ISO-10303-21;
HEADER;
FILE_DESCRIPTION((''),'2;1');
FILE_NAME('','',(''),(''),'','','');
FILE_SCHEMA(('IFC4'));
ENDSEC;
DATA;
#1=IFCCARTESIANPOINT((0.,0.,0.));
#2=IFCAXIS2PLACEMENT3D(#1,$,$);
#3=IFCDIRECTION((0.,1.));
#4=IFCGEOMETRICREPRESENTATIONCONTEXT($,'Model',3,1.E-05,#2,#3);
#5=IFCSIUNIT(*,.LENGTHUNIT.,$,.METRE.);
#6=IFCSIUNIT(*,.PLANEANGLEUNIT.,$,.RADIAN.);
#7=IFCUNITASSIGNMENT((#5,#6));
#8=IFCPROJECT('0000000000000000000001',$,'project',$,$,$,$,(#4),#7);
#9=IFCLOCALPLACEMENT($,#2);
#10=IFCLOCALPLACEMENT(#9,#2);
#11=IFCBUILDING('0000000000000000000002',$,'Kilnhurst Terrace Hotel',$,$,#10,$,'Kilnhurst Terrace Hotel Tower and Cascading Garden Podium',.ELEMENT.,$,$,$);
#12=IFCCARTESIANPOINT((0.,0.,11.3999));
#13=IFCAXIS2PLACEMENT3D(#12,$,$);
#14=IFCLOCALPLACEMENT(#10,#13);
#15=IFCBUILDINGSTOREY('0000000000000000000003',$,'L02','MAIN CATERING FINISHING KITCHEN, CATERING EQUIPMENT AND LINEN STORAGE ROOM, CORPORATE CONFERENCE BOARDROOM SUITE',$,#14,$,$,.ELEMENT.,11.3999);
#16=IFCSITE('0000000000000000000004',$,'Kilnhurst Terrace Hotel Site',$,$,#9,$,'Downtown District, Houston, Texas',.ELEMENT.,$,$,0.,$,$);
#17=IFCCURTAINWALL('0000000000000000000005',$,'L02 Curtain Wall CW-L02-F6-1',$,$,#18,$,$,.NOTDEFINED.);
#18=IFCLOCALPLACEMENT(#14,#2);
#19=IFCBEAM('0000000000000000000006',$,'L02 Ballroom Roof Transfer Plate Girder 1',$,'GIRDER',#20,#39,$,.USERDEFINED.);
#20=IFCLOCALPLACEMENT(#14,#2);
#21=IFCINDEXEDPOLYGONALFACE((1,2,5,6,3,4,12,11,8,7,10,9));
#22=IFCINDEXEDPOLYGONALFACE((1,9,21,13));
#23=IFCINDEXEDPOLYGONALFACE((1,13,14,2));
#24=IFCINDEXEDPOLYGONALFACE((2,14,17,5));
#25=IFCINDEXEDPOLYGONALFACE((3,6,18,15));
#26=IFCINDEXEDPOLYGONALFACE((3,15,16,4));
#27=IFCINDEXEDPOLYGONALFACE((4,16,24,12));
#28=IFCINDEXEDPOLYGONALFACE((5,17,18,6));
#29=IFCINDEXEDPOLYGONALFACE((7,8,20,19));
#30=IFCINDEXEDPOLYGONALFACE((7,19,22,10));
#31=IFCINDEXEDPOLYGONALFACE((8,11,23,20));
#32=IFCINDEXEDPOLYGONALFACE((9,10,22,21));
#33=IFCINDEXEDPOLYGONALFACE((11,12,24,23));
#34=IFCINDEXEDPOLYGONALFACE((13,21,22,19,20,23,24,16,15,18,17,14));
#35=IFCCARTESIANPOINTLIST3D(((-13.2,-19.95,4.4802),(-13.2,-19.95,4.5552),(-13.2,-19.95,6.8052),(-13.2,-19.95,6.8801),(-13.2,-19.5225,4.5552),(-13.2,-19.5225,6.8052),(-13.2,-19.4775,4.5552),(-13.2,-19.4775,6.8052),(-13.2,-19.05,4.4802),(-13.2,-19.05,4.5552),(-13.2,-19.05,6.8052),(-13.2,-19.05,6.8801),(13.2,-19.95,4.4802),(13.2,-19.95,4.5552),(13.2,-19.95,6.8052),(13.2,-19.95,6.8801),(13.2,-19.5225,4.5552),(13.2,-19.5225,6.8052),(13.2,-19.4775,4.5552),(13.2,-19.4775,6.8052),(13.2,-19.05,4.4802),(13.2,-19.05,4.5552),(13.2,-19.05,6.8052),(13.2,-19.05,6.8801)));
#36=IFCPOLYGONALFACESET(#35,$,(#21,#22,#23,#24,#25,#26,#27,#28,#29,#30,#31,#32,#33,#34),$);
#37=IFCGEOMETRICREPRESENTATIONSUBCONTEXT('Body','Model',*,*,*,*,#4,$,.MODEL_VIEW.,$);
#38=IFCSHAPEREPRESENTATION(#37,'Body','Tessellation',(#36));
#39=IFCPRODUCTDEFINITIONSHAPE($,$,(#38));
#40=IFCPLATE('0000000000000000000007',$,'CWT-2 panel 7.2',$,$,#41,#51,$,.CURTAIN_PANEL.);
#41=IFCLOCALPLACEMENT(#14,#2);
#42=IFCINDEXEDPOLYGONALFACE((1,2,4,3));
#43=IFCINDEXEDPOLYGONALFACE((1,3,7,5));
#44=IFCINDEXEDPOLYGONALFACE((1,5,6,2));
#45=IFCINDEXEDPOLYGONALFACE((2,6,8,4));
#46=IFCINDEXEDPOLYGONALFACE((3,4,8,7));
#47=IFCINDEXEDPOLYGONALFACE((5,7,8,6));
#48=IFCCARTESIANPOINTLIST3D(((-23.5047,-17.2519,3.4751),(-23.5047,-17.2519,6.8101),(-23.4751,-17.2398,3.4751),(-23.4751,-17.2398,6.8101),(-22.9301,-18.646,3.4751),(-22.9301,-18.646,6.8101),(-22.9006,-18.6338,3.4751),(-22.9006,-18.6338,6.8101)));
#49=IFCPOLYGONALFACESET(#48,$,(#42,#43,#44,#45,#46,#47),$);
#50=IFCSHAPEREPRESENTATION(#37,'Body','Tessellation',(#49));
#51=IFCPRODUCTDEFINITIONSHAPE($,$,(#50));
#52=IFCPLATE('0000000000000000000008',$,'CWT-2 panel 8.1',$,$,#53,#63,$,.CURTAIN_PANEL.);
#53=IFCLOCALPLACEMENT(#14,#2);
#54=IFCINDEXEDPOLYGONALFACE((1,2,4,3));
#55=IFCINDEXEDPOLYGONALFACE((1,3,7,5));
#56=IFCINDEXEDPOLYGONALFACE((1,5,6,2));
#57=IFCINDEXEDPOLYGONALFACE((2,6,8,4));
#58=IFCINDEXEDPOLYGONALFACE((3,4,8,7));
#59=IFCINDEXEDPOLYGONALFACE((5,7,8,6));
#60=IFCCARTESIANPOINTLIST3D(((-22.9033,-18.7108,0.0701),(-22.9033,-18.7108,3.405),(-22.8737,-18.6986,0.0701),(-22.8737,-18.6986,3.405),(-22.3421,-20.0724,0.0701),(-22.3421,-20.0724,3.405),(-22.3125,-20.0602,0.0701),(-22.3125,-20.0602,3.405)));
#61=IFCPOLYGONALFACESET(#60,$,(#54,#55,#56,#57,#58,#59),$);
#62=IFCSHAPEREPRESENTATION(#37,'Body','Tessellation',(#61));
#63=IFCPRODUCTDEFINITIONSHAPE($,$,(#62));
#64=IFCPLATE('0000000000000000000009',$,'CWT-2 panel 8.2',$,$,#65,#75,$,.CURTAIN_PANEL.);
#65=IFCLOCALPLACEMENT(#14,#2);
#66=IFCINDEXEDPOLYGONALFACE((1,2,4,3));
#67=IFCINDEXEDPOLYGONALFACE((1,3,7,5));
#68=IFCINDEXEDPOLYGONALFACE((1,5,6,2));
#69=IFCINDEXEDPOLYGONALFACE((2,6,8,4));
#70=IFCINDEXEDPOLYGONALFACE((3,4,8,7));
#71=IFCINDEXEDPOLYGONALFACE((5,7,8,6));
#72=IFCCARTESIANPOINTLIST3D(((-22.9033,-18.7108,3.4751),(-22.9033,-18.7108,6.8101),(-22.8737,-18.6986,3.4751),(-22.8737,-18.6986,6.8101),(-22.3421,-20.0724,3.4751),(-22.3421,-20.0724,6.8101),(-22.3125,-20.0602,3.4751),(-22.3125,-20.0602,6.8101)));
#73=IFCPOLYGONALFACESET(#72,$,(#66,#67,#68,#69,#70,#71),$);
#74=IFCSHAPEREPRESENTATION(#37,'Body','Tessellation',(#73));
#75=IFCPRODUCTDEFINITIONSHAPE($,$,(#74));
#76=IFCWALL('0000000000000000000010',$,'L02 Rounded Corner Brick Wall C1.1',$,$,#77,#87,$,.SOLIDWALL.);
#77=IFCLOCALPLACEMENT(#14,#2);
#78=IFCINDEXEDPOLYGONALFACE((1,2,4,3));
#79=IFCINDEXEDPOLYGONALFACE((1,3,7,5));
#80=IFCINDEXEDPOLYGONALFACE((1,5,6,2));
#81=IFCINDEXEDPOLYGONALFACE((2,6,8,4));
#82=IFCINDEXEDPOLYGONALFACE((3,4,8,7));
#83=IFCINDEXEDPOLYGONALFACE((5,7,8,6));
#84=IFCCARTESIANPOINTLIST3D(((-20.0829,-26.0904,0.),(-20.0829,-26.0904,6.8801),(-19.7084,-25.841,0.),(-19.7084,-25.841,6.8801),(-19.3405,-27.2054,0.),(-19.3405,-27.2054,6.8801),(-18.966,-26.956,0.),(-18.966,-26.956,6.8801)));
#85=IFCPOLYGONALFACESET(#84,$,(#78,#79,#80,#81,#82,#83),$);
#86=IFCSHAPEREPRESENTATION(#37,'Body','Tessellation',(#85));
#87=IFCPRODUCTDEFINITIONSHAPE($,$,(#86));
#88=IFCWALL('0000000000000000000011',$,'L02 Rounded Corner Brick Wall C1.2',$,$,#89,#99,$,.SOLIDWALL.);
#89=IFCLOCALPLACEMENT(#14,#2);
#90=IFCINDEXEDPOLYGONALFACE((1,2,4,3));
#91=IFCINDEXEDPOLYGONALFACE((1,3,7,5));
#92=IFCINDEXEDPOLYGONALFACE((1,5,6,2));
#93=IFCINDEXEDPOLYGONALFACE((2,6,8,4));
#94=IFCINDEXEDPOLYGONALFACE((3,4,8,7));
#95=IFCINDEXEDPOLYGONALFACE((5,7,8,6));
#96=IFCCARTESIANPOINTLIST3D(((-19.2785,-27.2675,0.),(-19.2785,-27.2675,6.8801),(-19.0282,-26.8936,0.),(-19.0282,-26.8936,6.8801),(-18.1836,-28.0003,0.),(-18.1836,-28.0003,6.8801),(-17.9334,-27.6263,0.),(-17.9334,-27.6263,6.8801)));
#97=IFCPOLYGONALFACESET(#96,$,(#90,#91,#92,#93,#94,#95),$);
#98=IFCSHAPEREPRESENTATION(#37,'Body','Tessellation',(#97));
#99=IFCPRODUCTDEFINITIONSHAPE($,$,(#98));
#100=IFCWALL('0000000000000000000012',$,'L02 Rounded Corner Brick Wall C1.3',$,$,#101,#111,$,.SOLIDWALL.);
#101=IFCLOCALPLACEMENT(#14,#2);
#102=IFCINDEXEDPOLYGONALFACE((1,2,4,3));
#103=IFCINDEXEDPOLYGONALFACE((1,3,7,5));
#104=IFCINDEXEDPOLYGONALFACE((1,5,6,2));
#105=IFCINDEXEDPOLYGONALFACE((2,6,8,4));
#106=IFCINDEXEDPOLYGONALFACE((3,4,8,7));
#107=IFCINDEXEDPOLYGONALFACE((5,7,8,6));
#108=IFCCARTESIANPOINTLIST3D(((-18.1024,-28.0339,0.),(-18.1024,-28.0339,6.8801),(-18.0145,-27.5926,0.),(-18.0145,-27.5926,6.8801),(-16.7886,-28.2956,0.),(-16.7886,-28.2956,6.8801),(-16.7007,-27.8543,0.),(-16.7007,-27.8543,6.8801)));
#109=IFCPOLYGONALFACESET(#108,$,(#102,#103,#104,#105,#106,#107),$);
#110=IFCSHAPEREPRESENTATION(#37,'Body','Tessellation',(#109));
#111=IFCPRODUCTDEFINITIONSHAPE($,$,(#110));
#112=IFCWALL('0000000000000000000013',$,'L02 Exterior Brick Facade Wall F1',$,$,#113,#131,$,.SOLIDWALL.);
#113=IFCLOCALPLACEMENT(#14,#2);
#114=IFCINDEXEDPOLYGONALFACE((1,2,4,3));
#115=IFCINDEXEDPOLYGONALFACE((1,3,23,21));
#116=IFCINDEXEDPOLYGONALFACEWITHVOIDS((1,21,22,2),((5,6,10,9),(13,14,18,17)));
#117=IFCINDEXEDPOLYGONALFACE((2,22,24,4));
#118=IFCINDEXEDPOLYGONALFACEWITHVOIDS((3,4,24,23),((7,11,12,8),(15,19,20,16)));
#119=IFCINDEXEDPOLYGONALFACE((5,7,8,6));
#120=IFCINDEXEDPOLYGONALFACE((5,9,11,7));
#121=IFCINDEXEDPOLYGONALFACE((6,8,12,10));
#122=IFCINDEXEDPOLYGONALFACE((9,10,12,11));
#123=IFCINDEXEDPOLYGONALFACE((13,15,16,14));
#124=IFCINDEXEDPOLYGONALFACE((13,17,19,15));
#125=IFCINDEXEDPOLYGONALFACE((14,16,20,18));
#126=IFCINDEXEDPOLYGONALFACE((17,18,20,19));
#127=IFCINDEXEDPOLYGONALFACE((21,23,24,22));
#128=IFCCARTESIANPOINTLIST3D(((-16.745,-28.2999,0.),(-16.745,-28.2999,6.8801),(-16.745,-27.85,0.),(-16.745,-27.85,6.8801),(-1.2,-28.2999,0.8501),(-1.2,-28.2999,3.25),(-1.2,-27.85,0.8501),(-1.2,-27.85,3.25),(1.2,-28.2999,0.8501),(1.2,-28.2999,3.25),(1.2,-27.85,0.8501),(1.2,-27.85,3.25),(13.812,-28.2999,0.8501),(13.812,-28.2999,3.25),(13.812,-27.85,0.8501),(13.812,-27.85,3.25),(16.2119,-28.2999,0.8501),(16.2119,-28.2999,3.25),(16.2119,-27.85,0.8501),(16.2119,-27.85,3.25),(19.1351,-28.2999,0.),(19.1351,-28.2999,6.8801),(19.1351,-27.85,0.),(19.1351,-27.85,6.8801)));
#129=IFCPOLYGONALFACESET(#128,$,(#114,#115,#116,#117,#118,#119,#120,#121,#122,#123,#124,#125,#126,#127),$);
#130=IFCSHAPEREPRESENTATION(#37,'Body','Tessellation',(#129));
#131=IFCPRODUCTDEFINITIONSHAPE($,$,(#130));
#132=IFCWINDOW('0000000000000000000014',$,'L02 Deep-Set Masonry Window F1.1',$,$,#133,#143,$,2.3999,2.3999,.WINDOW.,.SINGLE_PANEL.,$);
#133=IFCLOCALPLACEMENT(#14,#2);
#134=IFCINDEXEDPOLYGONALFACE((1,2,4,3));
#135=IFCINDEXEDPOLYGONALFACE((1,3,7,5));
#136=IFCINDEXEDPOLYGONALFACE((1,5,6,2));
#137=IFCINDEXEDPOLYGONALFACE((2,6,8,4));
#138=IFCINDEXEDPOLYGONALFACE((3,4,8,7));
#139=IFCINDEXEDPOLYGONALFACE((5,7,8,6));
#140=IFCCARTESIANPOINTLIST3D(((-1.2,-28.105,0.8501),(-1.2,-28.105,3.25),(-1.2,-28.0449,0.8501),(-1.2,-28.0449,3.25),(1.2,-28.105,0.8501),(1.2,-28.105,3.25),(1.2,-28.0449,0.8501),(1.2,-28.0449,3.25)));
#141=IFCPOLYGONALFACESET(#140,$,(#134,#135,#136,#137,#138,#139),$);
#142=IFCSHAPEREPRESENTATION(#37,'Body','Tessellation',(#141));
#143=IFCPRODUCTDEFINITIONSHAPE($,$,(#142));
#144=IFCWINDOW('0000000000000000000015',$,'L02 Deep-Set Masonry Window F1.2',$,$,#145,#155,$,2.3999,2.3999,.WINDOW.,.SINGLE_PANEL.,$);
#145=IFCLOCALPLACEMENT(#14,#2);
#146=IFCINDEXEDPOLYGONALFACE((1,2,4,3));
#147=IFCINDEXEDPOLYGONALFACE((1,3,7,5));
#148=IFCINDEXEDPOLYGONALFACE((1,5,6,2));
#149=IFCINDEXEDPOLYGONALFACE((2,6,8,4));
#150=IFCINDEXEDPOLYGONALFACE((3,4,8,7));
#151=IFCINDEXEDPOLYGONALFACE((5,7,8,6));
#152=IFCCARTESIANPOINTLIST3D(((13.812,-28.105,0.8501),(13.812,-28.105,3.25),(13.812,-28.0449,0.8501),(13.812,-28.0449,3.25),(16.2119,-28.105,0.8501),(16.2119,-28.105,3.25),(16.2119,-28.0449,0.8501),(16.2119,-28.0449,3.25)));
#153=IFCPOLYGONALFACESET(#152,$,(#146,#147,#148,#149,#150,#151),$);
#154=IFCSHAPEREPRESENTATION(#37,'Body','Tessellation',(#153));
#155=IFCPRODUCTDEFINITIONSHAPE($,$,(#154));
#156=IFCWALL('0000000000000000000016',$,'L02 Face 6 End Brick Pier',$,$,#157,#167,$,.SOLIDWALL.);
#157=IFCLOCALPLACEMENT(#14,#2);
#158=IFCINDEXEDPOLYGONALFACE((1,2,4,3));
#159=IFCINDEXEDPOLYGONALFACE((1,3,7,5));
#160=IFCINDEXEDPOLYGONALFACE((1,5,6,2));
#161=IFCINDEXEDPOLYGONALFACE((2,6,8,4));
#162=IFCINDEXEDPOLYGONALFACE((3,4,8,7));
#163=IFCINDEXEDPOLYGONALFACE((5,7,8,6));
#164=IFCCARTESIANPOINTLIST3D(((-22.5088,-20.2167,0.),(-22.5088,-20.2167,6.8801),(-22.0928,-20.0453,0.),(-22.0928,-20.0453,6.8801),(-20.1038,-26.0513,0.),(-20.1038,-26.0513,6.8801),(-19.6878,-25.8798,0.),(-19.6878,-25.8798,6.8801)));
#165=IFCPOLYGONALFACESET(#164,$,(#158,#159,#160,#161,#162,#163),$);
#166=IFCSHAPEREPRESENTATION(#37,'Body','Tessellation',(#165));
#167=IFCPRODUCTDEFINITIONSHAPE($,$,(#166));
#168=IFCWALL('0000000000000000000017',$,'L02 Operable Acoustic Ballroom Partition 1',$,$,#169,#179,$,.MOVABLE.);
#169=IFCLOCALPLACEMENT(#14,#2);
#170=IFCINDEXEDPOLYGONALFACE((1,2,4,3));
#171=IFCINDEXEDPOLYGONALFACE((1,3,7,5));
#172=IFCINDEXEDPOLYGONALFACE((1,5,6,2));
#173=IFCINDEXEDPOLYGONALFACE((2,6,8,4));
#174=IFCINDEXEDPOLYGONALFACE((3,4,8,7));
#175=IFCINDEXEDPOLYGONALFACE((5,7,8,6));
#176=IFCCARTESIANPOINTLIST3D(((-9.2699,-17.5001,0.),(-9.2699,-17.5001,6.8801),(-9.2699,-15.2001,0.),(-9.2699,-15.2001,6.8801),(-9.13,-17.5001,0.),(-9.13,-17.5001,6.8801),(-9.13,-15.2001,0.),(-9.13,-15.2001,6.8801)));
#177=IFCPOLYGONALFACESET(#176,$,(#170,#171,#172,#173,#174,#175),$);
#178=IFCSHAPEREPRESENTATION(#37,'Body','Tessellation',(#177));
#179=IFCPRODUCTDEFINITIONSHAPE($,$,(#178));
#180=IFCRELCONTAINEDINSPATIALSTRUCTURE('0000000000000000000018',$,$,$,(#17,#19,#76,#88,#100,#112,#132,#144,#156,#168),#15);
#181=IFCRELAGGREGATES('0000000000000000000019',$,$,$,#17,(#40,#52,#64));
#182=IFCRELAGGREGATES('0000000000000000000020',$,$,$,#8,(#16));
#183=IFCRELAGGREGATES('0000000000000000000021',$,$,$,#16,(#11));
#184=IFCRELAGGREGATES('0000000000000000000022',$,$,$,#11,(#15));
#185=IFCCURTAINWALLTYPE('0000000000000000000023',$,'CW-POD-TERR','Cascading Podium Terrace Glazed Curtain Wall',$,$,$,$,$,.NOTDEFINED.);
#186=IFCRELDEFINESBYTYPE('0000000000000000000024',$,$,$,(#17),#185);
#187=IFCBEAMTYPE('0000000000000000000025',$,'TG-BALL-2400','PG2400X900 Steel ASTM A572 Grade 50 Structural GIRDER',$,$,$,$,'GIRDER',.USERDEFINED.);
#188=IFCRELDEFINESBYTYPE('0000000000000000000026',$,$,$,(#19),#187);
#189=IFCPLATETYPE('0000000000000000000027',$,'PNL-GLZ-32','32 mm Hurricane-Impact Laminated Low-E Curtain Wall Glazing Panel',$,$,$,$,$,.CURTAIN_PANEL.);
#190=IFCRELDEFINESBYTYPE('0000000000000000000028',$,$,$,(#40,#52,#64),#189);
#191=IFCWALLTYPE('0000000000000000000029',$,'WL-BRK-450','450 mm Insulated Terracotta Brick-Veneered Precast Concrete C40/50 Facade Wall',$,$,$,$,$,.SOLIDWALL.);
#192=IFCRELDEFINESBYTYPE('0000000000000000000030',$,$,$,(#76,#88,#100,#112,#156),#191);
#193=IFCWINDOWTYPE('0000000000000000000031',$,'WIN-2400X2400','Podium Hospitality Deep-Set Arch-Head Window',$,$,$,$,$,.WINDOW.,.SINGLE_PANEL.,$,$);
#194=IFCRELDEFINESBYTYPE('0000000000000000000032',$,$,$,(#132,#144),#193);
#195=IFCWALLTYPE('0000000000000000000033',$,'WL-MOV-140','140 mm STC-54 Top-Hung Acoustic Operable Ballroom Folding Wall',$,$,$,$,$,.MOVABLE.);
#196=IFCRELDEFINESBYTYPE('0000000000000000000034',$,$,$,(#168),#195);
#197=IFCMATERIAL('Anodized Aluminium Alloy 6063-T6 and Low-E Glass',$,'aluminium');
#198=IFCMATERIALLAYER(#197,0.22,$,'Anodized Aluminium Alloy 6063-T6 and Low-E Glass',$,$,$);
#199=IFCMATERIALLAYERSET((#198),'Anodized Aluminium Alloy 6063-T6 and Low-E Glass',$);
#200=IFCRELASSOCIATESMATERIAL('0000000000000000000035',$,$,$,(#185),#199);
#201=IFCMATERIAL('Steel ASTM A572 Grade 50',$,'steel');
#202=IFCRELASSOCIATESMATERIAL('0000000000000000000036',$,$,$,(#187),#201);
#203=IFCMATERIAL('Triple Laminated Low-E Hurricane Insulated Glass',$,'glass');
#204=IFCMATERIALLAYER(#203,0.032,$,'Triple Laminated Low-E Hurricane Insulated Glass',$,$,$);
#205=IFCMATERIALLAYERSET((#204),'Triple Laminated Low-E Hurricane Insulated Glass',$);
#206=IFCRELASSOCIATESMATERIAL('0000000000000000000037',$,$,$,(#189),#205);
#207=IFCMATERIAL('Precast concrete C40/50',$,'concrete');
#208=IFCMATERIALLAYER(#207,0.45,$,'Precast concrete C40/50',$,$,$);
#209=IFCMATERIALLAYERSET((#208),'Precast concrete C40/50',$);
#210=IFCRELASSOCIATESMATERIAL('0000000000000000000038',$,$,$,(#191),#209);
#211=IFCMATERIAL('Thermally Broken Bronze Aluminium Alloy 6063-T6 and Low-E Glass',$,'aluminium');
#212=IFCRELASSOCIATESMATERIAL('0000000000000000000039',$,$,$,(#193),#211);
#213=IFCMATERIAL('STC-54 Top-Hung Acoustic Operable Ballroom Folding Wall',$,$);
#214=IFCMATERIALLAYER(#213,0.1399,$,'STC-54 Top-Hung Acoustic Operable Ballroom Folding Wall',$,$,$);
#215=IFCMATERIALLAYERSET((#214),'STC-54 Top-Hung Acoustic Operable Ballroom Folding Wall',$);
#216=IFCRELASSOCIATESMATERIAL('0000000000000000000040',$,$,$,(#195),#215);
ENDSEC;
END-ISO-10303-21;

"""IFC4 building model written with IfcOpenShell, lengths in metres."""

from ifc_helpers import new_model, si_unit, direction, frame, frame_2d, origin, origin_2d, place, context, subcontext, project, spatial, rectangle, i_section, extrude, material, layer, layer_set, material_profile, profile_set, type_object, element, fill, aggregate, save


model = new_model("IFC4")

# Units and contexts
model_context = context("Model", 3, precision=1e-05, world=origin(), true_north=direction((0.0, 1.0)))
body_context = subcontext(model_context, "Body", "Model", "MODEL_VIEW")
ifc_project = project(units=[si_unit("LENGTHUNIT", "METRE"), si_unit("PLANEANGLEUNIT", "RADIAN")], contexts=[model_context])

# Site, building, storey
site_placement = place(None, origin())
site = spatial("IfcSite", under=ifc_project, at=site_placement, Name="Kilnhurst Terrace Hotel Site", LongName="Downtown District, Houston, Texas", CompositionType="ELEMENT", RefElevation=0.0)
building_placement = place(site_placement, origin())
building = spatial("IfcBuilding", under=site, at=building_placement, Name="Kilnhurst Terrace Hotel", LongName="Kilnhurst Terrace Hotel Tower and Cascading Garden Podium", CompositionType="ELEMENT")
storey_placement = place(building_placement, frame((0.0, 0.0, 11.3999)))
storey = spatial("IfcBuildingStorey", under=building, at=storey_placement, Name="L02", Description="MAIN CATERING FINISHING KITCHEN, CATERING EQUIPMENT AND LINEN STORAGE ROOM, CORPORATE CONFERENCE BOARDROOM SUITE", CompositionType="ELEMENT", Elevation=11.3999)

# Curtain wall
ifc_material_1 = material(Name="Anodized Aluminium Alloy 6063-T6 and Low-E Glass", Category="aluminium")
ifc_layer_1 = layer(ifc_material_1, 0.22, Name="Anodized Aluminium Alloy 6063-T6 and Low-E Glass")
ifc_layer_set_1 = layer_set([ifc_layer_1], Name="Anodized Aluminium Alloy 6063-T6 and Low-E Glass")
curtain_wall_type = type_object("IfcCurtainWallType", Name="CW-POD-TERR", Description="Cascading Podium Terrace Glazed Curtain Wall", PredefinedType="NOTDEFINED", material=ifc_layer_set_1)
curtain_wall_placement = place(storey_placement, origin())
curtain_wall = element("IfcCurtainWall", 1, at=curtain_wall_placement, inside=storey, type_object=curtain_wall_type, Name="L02 Curtain Wall CW-L02-F6-1", PredefinedType="NOTDEFINED")

# Beam
ifc_material_2 = material(Name="Steel ASTM A572 Grade 50", Category="steel")
ifc_material_profile_1 = material_profile(ifc_material_2, i_section(OverallWidth=0.8999, OverallDepth=2.3999, WebThickness=0.0449, FlangeThickness=0.075, at=origin_2d()), Name="PG2400X900")
ifc_profile_set_1 = profile_set([ifc_material_profile_1], Name="Steel ASTM A572 Grade 50")
beam_type_1 = type_object("IfcBeamType", Name="TG-BALL-2400", Description="PG2400X900 Steel ASTM A572 Grade 50 Structural GIRDER", ElementType="GIRDER", PredefinedType="USERDEFINED", material=ifc_profile_set_1)
beam_1_placement = place(storey_placement, frame((-13.2, -19.5, 5.6802), z_axis=(1.0, 0.0, 0.0), x_axis=(0.0, 1.0, 0.0)))
element("IfcBeam", 2, at=beam_1_placement, inside=storey, type_object=beam_type_1, Name="L02 Ballroom Roof Transfer Plate Girder 1", ObjectType="GIRDER", PredefinedType="USERDEFINED", context=body_context, shape_type="SweptSolid", body=[
    extrude(i_section(OverallWidth=0.8999, OverallDepth=2.3999, WebThickness=0.0449, FlangeThickness=0.075, at=origin_2d()), origin(), (0.0, 0.0, 1.0), 26.3999),
])

# Plates
ifc_material_3 = material(Name="Triple Laminated Low-E Hurricane Insulated Glass", Category="glass")
ifc_layer_2 = layer(ifc_material_3, 0.032, Name="Triple Laminated Low-E Hurricane Insulated Glass")
ifc_layer_set_2 = layer_set([ifc_layer_2], Name="Triple Laminated Low-E Hurricane Insulated Glass")
plate_type = type_object("IfcPlateType", Name="PNL-GLZ-32", Description="32 mm Hurricane-Impact Laminated Low-E Curtain Wall Glazing Panel", PredefinedType="CURTAIN_PANEL", material=ifc_layer_set_2)
plate_1_placement = place(storey_placement, frame((-23.2026, -17.9429, 3.4751), z_axis=(0.0, 0.0, 1.0), x_axis=(0.381073, -0.924545, 0.0)))
plate_1 = element("IfcPlate", 3, at=plate_1_placement, type_object=plate_type, Name="CWT-2 panel 7.2", PredefinedType="CURTAIN_PANEL", context=body_context, shape_type="SweptSolid", body=[
    extrude(rectangle(XDim=1.5078, YDim=0.032, at=origin_2d()), origin(), (0.0, 0.0, 1.0), 3.335),
])
plate_2_placement = place(storey_placement, frame((-22.6079, -19.3855, 0.0701), z_axis=(0.0, 0.0, 1.0), x_axis=(0.381073, -0.924545, 0.0)))
plate_2 = element("IfcPlate", 4, at=plate_2_placement, type_object=plate_type, Name="CWT-2 panel 8.1", PredefinedType="CURTAIN_PANEL", context=body_context, shape_type="SweptSolid", body=[
    extrude(rectangle(XDim=1.4727, YDim=0.032, at=origin_2d()), origin(), (0.0, 0.0, 1.0), 3.335),
])
plate_3_placement = place(storey_placement, frame((-22.6079, -19.3855, 3.4751), z_axis=(0.0, 0.0, 1.0), x_axis=(0.381073, -0.924545, 0.0)))
plate_3 = element("IfcPlate", 5, at=plate_3_placement, type_object=plate_type, Name="CWT-2 panel 8.2", PredefinedType="CURTAIN_PANEL", context=body_context, shape_type="SweptSolid", body=[
    extrude(rectangle(XDim=1.4727, YDim=0.032, at=origin_2d()), origin(), (0.0, 0.0, 1.0), 3.335),
])
aggregate(curtain_wall, [plate_1, plate_2, plate_3])

# Walls
ifc_material_4 = material(Name="Precast concrete C40/50", Category="concrete")
ifc_layer_3 = layer(ifc_material_4, 0.45, Name="Precast concrete C40/50")
ifc_layer_set_3 = layer_set([ifc_layer_3], Name="Precast concrete C40/50")
wall_type_1 = type_object("IfcWallType", Name="WL-BRK-450", Description="450 mm Insulated Terracotta Brick-Veneered Precast Concrete C40/50 Facade Wall", PredefinedType="SOLIDWALL", material=ifc_layer_set_3)
wall_1_placement = place(storey_placement, frame((-19.8958, -25.9656, 0.0), z_axis=(0.0, 0.0, 1.0), x_axis=(0.554237, -0.832359, 0.0)))
element("IfcWall", 6, at=wall_1_placement, inside=storey, type_object=wall_type_1, Name="L02 Rounded Corner Brick Wall C1.1", PredefinedType="SOLIDWALL", context=body_context, shape_type="SweptSolid", body=[
    extrude(rectangle(XDim=1.3396, YDim=0.45, at=frame_2d((0.6699, 0.0))), origin(), (0.0, 0.0, 1.0), 6.8801),
])
wall_2_placement = place(storey_placement, frame((-19.1533, -27.0806, 0.0), z_axis=(0.0, 0.0, 1.0), x_axis=(0.831051, -0.556196, 0.0)))
element("IfcWall", 7, at=wall_2_placement, inside=storey, type_object=wall_type_1, Name="L02 Rounded Corner Brick Wall C1.2", PredefinedType="SOLIDWALL", context=body_context, shape_type="SweptSolid", body=[
    extrude(rectangle(XDim=1.3174, YDim=0.45, at=frame_2d((0.6587, 0.0))), origin(), (0.0, 0.0, 1.0), 6.8801),
])
wall_3_placement = place(storey_placement, frame((-18.0586, -27.8132, 0.0), z_axis=(0.0, 0.0, 1.0), x_axis=(0.980728, -0.19538, 0.0)))
element("IfcWall", 8, at=wall_3_placement, inside=storey, type_object=wall_type_1, Name="L02 Rounded Corner Brick Wall C1.3", PredefinedType="SOLIDWALL", context=body_context, shape_type="SweptSolid", body=[
    extrude(rectangle(XDim=1.3396, YDim=0.45, at=frame_2d((0.6699, 0.0))), origin(), (0.0, 0.0, 1.0), 6.8801),
])

# Wall, openings, windows
wall_4_placement = place(storey_placement, frame((-16.7449, -28.075, 0.0), z_axis=(0.0, 0.0, 1.0), x_axis=(1.0, 0.0, 0.0)))
wall_4 = element("IfcWall", 9, at=wall_4_placement, inside=storey, type_object=wall_type_1, Name="L02 Exterior Brick Facade Wall F1", PredefinedType="SOLIDWALL", context=body_context, shape_type="SweptSolid", body=[
    extrude(rectangle(XDim=35.8801, YDim=0.45, at=frame_2d((17.9399, 0.0))), origin(), (0.0, 0.0, 1.0), 6.8801),
])
opening_1_placement = place(wall_4_placement, frame((15.5449, 0.0, 0.8501)))
opening_1 = element("IfcOpeningElement", 10, at=opening_1_placement, cuts=wall_4, PredefinedType="OPENING", context=body_context, shape_type="SweptSolid", body=[
    extrude(rectangle(XDim=2.3999, YDim=2.3999, at=frame_2d((1.2, 1.2))), frame((0.0, 0.2349, 0.0), z_axis=(0.0, -1.0, 0.0), x_axis=(1.0, 0.0, 0.0)), (0.0, 0.0, 1.0), 0.47),
])
opening_2_placement = place(wall_4_placement, frame((30.5569, 0.0, 0.8501)))
opening_2 = element("IfcOpeningElement", 11, at=opening_2_placement, cuts=wall_4, PredefinedType="OPENING", context=body_context, shape_type="SweptSolid", body=[
    extrude(rectangle(XDim=2.3999, YDim=2.3999, at=frame_2d((1.2, 1.2))), frame((0.0, 0.2349, 0.0), z_axis=(0.0, -1.0, 0.0), x_axis=(1.0, 0.0, 0.0)), (0.0, 0.0, 1.0), 0.47),
])
ifc_material_5 = material(Name="Thermally Broken Bronze Aluminium Alloy 6063-T6 and Low-E Glass", Category="aluminium")
window_type = type_object("IfcWindowType", Name="WIN-2400X2400", Description="Podium Hospitality Deep-Set Arch-Head Window", PartitioningType="SINGLE_PANEL", PredefinedType="WINDOW", material=ifc_material_5)
window_1_placement = place(opening_1_placement, origin())
window_1 = element("IfcWindow", 12, at=window_1_placement, inside=storey, type_object=window_type, Name="L02 Deep-Set Masonry Window F1.1", OverallHeight=2.3999, OverallWidth=2.3999, PartitioningType="SINGLE_PANEL", PredefinedType="WINDOW", context=body_context, shape_type="SweptSolid", body=[
    extrude(rectangle(XDim=2.3999, YDim=2.3999, at=frame_2d((1.2, 1.2))), frame((0.0, 0.03, 0.0), z_axis=(0.0, -1.0, 0.0), x_axis=(1.0, 0.0, 0.0)), (0.0, 0.0, 1.0), 0.0601),
])
fill(opening_1, window_1)
window_2_placement = place(opening_2_placement, origin())
window_2 = element("IfcWindow", 13, at=window_2_placement, inside=storey, type_object=window_type, Name="L02 Deep-Set Masonry Window F1.2", OverallHeight=2.3999, OverallWidth=2.3999, PartitioningType="SINGLE_PANEL", PredefinedType="WINDOW", context=body_context, shape_type="SweptSolid", body=[
    extrude(rectangle(XDim=2.3999, YDim=2.3999, at=frame_2d((1.2, 1.2))), frame((0.0, 0.03, 0.0), z_axis=(0.0, -1.0, 0.0), x_axis=(1.0, 0.0, 0.0)), (0.0, 0.0, 1.0), 0.0601),
])
fill(opening_2, window_2)

# Walls
wall_5_placement = place(storey_placement, frame((-22.3008, -20.1311, 0.0), z_axis=(0.0, 0.0, 1.0), x_axis=(0.381102, -0.924533, 0.0)))
element("IfcWall", 14, at=wall_5_placement, inside=storey, type_object=wall_type_1, Name="L02 Face 6 End Brick Pier", PredefinedType="SOLIDWALL", context=body_context, shape_type="SweptSolid", body=[
    extrude(rectangle(XDim=6.3108, YDim=0.45, at=frame_2d((3.1553, 0.0))), origin(), (0.0, 0.0, 1.0), 6.8801),
])
ifc_material_6 = material(Name="STC-54 Top-Hung Acoustic Operable Ballroom Folding Wall")
ifc_layer_4 = layer(ifc_material_6, 0.1399, Name="STC-54 Top-Hung Acoustic Operable Ballroom Folding Wall")
ifc_layer_set_4 = layer_set([ifc_layer_4], Name="STC-54 Top-Hung Acoustic Operable Ballroom Folding Wall")
wall_type_2 = type_object("IfcWallType", Name="WL-MOV-140", Description="140 mm STC-54 Top-Hung Acoustic Operable Ballroom Folding Wall", PredefinedType="MOVABLE", material=ifc_layer_set_4)
wall_6_placement = place(storey_placement, frame((-9.2, -17.5, 0.0), z_axis=(0.0, 0.0, 1.0), x_axis=(0.0, 1.0, 0.0)))
element("IfcWall", 15, at=wall_6_placement, inside=storey, type_object=wall_type_2, Name="L02 Operable Acoustic Ballroom Partition 1", PredefinedType="MOVABLE", context=body_context, shape_type="SweptSolid", body=[
    extrude(rectangle(XDim=2.3, YDim=0.1399, at=frame_2d((1.1499, 0.0))), origin(), (0.0, 0.0, 1.0), 6.8801),
])

save(model, "model.ifc")
